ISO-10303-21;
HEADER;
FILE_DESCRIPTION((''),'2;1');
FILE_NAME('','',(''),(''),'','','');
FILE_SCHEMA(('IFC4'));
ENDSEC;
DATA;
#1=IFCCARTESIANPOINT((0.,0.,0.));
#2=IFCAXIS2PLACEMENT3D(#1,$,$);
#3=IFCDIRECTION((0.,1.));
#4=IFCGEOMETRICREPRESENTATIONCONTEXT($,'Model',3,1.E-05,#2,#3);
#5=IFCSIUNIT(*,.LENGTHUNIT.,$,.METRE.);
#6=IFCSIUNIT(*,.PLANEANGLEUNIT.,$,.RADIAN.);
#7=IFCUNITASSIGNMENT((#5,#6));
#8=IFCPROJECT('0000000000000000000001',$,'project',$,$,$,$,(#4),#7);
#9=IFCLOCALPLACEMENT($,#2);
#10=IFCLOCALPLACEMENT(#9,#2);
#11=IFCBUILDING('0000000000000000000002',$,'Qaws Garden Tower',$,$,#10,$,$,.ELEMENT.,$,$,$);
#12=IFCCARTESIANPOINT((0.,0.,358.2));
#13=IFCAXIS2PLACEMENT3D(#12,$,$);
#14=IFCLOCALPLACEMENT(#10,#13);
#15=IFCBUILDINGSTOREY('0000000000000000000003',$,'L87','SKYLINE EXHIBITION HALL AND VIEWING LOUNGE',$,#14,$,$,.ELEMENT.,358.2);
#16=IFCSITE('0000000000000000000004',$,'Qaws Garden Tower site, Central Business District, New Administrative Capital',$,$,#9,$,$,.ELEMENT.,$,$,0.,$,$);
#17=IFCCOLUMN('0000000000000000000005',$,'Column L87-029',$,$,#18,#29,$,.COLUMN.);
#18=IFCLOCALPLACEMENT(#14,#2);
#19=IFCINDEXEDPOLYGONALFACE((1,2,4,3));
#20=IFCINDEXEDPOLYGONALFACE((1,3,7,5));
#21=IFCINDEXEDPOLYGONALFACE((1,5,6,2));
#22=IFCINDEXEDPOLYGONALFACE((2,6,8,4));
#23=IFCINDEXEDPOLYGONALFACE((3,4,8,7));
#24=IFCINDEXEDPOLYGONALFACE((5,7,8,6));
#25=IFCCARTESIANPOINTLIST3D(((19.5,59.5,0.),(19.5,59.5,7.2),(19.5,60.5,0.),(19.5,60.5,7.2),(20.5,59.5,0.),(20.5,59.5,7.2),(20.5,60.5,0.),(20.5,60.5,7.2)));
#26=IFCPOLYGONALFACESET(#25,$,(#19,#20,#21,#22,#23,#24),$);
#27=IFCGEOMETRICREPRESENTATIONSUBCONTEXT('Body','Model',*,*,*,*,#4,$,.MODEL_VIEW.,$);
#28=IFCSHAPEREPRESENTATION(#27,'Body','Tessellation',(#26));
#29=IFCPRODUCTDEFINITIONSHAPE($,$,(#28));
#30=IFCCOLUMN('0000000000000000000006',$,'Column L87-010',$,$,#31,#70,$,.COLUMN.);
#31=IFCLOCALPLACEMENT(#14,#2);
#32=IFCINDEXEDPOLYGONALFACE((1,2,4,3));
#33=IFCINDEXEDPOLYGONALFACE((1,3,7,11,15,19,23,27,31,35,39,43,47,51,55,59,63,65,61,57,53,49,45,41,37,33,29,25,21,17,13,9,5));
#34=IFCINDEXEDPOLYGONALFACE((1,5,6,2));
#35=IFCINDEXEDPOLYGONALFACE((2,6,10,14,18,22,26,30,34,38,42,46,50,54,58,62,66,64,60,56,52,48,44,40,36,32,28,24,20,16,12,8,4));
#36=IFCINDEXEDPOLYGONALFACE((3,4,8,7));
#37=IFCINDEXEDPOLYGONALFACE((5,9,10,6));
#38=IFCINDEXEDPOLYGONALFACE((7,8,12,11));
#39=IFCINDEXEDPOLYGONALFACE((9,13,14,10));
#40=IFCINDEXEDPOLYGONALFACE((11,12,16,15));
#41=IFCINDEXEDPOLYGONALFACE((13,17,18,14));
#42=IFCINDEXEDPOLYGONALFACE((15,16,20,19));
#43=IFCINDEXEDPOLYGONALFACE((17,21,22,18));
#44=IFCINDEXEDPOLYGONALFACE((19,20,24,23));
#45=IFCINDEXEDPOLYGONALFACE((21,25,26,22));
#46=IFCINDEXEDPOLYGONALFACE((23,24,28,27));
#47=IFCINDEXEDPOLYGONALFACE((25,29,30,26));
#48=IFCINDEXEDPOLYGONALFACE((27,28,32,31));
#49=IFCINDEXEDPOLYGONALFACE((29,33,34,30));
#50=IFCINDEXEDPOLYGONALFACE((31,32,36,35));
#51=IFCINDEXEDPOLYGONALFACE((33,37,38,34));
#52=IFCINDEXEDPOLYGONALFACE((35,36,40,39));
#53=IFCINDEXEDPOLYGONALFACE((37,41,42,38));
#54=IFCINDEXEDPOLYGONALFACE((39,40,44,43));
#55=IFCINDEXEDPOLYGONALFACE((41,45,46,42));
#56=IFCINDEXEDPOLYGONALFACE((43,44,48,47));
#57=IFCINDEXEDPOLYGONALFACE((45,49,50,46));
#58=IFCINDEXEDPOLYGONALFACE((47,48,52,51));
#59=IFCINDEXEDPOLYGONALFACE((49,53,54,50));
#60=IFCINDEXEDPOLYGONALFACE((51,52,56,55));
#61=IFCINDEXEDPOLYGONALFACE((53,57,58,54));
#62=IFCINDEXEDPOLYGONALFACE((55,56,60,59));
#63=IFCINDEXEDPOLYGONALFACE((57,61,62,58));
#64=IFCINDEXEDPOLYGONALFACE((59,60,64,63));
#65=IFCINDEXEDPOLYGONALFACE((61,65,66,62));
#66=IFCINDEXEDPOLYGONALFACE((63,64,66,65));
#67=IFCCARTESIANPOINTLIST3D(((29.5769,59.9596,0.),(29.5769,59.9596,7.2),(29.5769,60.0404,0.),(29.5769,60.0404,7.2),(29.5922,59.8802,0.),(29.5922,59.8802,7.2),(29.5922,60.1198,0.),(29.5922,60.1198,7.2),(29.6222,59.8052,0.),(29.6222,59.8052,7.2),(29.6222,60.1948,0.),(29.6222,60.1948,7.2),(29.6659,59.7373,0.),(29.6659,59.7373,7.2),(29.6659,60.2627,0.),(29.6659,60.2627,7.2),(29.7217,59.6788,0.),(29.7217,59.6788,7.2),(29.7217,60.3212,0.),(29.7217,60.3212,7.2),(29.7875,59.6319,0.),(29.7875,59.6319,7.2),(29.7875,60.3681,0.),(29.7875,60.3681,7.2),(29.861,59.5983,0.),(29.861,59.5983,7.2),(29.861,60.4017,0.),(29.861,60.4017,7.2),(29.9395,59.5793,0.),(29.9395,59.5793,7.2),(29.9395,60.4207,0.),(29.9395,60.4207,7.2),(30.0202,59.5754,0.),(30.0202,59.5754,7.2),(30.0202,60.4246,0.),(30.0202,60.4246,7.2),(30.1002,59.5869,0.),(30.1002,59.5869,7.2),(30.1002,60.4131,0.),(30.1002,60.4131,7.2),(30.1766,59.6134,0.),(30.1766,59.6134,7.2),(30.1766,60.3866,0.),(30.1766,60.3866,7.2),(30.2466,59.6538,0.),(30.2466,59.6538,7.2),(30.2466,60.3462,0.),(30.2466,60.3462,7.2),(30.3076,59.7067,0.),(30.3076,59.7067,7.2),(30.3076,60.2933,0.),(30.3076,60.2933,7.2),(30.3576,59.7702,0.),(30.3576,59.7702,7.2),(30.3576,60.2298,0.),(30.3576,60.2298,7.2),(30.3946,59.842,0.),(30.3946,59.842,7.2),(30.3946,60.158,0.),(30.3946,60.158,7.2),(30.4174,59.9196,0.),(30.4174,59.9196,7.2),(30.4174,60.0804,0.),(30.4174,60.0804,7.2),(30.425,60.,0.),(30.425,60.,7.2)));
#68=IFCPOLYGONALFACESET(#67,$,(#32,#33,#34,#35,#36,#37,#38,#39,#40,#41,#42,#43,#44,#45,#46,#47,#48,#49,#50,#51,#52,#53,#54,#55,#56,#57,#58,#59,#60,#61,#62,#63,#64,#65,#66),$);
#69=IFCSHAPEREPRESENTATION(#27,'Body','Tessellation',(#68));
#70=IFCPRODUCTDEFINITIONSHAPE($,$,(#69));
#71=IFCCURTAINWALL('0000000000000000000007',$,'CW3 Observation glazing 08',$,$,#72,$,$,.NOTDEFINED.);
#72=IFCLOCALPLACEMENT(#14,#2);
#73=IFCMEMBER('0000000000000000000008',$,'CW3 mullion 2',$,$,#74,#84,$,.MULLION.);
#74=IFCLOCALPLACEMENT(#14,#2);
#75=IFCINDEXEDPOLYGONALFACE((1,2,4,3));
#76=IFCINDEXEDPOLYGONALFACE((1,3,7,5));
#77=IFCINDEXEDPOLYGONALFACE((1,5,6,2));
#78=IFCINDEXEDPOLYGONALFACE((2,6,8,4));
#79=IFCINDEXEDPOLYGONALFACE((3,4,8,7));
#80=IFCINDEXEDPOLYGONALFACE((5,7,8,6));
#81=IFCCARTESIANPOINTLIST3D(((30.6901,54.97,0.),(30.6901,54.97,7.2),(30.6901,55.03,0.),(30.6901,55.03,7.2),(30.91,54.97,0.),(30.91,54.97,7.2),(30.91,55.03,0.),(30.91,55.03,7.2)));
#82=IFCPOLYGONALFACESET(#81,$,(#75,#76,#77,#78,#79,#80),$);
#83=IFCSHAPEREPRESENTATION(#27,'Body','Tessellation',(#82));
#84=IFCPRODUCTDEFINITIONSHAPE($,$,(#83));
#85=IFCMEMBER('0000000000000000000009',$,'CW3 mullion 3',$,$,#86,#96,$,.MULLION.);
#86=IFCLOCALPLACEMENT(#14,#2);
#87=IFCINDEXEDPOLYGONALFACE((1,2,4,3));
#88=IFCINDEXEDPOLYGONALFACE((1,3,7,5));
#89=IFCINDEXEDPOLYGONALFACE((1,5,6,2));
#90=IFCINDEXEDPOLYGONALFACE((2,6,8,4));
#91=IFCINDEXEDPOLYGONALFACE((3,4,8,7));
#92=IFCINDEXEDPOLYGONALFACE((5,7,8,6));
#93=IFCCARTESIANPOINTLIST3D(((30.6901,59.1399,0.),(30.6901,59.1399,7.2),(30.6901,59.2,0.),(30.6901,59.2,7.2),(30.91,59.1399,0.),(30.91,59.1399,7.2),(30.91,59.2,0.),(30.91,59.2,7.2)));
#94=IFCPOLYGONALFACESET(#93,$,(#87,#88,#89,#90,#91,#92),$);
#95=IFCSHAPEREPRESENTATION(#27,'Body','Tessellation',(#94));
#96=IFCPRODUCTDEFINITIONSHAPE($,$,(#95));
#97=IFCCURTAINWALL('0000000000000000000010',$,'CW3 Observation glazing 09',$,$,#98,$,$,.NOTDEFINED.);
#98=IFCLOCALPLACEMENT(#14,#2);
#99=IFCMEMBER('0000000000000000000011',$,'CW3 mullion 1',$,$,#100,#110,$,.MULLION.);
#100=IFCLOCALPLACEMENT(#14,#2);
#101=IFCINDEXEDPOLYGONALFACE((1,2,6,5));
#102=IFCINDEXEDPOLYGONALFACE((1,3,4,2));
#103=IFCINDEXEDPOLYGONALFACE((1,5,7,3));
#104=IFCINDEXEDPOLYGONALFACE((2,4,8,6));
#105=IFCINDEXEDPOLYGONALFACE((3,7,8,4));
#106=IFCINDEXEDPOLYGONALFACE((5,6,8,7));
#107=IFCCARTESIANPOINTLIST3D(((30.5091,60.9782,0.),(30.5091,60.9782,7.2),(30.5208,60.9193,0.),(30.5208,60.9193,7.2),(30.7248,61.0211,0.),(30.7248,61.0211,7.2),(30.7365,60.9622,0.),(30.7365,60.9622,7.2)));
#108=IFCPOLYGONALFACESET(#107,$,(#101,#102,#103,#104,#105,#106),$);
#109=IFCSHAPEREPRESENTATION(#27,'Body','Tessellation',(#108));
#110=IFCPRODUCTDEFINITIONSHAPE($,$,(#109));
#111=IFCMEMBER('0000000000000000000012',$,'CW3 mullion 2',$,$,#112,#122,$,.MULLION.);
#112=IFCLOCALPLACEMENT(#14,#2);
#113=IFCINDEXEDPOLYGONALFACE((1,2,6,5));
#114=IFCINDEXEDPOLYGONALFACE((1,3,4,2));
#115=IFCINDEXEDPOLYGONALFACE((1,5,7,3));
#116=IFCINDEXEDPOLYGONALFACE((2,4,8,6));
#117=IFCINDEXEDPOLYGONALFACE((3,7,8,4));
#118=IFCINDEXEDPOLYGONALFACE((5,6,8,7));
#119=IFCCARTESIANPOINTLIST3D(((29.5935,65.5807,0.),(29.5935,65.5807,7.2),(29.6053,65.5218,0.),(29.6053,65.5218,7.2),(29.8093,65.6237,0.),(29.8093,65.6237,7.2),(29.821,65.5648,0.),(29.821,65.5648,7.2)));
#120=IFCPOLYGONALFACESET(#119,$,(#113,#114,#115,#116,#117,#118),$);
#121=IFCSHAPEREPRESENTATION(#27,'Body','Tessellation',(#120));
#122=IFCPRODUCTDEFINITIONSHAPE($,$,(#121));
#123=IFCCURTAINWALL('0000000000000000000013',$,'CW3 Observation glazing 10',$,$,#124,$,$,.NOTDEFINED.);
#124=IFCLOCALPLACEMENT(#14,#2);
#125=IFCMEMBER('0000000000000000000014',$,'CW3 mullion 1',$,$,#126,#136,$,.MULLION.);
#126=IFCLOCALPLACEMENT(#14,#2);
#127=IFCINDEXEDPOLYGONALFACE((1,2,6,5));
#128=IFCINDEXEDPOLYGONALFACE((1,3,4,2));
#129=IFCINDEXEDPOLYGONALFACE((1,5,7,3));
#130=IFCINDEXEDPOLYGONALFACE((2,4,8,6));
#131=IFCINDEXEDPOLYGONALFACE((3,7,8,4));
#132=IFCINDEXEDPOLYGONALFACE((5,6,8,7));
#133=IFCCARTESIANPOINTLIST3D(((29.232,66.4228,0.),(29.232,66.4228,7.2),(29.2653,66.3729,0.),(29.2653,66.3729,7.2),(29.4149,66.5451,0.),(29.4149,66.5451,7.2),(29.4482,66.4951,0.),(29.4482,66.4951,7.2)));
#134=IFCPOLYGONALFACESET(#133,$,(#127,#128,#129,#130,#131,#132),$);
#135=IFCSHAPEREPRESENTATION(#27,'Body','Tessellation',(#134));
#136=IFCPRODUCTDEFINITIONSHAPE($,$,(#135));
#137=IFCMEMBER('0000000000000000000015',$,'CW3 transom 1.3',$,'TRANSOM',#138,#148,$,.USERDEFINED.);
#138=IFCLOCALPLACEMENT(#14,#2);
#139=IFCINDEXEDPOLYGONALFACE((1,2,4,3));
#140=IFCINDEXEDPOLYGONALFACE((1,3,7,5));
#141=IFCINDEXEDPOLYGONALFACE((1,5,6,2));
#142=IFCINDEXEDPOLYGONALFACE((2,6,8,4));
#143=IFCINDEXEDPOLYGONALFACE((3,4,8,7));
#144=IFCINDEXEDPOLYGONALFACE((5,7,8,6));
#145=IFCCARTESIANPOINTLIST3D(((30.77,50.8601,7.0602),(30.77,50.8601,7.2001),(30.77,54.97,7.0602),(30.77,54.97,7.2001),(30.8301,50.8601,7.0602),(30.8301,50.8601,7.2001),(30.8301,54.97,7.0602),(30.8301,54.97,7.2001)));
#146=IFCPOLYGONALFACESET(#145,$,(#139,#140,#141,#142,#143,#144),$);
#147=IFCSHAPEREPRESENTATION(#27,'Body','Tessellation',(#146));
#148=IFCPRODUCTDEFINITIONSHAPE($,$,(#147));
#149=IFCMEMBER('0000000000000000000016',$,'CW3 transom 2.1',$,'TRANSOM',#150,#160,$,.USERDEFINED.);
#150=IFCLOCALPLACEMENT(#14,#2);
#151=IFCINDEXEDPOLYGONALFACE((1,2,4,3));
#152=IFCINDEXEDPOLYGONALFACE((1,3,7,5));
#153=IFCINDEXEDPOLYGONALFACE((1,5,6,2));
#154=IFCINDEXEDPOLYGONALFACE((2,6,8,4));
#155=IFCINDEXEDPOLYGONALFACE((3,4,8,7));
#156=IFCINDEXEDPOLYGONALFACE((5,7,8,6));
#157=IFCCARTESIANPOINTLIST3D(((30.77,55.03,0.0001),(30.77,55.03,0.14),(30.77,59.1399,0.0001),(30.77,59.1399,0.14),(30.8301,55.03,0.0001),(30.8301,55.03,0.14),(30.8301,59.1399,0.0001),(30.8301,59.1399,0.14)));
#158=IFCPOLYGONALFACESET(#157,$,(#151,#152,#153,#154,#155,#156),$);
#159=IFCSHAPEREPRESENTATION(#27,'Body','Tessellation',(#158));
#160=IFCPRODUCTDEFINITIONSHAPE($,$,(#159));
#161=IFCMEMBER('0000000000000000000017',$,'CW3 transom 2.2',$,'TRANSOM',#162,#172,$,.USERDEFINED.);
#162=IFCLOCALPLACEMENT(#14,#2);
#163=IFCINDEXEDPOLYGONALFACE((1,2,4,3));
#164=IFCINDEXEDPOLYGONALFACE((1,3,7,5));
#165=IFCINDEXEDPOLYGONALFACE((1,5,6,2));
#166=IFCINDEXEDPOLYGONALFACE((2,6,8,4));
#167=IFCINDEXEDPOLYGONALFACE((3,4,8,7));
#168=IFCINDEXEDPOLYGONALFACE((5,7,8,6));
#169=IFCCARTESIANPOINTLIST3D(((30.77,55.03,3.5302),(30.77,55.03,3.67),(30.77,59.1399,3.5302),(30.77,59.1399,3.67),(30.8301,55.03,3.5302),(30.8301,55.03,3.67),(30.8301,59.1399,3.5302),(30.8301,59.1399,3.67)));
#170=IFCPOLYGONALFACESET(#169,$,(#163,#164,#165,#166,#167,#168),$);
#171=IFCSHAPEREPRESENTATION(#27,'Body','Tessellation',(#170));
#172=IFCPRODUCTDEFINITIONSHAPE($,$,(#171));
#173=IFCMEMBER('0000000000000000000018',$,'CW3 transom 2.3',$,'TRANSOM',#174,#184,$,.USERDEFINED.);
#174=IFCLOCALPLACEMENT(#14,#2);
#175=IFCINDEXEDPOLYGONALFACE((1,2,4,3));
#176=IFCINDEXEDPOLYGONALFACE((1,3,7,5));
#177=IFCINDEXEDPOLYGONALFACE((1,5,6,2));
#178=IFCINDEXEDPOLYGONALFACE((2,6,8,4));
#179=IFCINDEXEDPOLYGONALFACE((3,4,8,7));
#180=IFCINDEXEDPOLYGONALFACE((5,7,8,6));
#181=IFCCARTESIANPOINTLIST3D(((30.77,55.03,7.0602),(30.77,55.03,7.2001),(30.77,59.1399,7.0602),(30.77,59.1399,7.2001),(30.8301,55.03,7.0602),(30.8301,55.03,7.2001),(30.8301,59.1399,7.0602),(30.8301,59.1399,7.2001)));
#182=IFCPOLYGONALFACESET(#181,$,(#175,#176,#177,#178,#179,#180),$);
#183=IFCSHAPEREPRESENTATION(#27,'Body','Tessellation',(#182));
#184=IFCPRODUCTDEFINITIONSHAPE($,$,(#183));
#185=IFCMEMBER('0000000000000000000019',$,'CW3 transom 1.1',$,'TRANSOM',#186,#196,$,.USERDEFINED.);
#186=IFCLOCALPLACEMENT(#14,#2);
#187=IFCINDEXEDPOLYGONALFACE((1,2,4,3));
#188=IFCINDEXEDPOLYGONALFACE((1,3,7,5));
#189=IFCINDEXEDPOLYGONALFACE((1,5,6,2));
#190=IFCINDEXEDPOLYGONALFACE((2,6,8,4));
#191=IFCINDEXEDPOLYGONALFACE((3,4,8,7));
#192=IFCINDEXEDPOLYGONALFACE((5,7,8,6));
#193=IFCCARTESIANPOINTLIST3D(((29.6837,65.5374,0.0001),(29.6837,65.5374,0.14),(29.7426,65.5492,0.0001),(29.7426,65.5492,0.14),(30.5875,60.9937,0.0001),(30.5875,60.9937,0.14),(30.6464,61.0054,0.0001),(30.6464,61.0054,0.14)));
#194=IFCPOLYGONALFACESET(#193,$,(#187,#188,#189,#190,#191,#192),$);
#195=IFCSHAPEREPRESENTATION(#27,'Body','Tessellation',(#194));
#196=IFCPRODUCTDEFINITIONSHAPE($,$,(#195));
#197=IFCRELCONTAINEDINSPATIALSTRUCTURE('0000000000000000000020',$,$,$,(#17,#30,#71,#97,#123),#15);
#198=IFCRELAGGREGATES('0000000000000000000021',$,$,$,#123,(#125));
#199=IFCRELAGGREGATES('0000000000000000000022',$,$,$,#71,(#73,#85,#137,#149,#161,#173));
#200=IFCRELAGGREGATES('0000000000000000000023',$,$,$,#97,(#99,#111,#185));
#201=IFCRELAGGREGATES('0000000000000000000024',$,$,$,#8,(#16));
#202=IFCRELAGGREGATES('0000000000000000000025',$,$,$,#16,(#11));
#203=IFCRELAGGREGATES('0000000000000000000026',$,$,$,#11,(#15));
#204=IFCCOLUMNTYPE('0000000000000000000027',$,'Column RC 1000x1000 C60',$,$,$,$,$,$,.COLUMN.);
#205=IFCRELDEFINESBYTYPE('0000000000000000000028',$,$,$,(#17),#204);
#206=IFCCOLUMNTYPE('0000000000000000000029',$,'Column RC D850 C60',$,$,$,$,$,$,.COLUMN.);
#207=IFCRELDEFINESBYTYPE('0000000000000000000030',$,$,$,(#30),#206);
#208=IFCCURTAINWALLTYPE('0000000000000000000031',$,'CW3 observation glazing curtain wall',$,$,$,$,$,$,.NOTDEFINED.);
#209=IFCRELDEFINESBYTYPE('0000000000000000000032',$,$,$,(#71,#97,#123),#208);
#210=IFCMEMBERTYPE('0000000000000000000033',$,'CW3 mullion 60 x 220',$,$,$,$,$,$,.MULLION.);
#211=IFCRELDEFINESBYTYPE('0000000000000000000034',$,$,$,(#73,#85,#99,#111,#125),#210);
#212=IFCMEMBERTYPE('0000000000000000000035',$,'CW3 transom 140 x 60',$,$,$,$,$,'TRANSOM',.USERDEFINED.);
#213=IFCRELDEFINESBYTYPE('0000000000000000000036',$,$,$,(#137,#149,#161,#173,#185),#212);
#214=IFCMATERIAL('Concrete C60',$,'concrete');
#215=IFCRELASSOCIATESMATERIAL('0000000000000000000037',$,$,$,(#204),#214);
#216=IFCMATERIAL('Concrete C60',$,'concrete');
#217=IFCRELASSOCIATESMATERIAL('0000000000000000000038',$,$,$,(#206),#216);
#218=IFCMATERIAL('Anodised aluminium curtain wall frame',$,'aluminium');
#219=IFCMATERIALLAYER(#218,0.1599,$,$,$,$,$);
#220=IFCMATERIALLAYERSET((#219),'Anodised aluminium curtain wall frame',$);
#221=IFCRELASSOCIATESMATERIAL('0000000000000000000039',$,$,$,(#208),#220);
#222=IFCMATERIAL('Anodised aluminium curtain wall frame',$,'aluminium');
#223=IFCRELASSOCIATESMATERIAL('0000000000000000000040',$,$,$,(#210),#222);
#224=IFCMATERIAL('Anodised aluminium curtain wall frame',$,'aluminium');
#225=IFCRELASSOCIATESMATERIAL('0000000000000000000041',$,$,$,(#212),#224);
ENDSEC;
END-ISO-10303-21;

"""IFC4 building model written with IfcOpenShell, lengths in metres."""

from ifc_helpers import new_model, si_unit, direction, frame, origin, origin_2d, place, context, subcontext, project, spatial, rectangle, circle, extrude, material, layer, layer_set, material_profile, profile_set, type_object, element, aggregate, save


model = new_model("IFC4")

# Units and contexts
model_context = context("Model", 3, precision=1e-05, world=origin(), true_north=direction((0.0, 1.0)))
body_context = subcontext(model_context, "Body", "Model", "MODEL_VIEW")
ifc_project = project(units=[si_unit("LENGTHUNIT", "METRE"), si_unit("PLANEANGLEUNIT", "RADIAN")], contexts=[model_context])

# Site, building, storey
site_placement = place(None, origin())
site = spatial("IfcSite", under=ifc_project, at=site_placement, Name="Qaws Garden Tower site, Central Business District, New Administrative Capital", CompositionType="ELEMENT", RefElevation=0.0)
building_placement = place(site_placement, origin())
building = spatial("IfcBuilding", under=site, at=building_placement, Name="Qaws Garden Tower", CompositionType="ELEMENT")
storey_placement = place(building_placement, frame((0.0, 0.0, 358.2)))
storey = spatial("IfcBuildingStorey", under=building, at=storey_placement, Name="L87", Description="SKYLINE EXHIBITION HALL AND VIEWING LOUNGE", CompositionType="ELEMENT", Elevation=358.2)

# Columns
ifc_material_1 = material(Name="Concrete C60", Category="concrete")
ifc_material_profile_1 = material_profile(ifc_material_1, rectangle(XDim=1.0, YDim=1.0, at=origin_2d()), Name="RC 1000x1000")
ifc_profile_set_1 = profile_set([ifc_material_profile_1], Name="Concrete C60")
column_type_1 = type_object("IfcColumnType", Name="Column RC 1000x1000 C60", PredefinedType="COLUMN", material=ifc_profile_set_1)
column_1_placement = place(storey_placement, frame((20.0, 60.0, 0.0), z_axis=(0.0, 0.0, 1.0), x_axis=(1.0, 0.0, 0.0)))
element("IfcColumn", 1, at=column_1_placement, inside=storey, type_object=column_type_1, Name="Column L87-029", PredefinedType="COLUMN", context=body_context, shape_type="SweptSolid", body=[
    extrude(rectangle(XDim=1.0, YDim=1.0, at=origin_2d()), origin(), (0.0, 0.0, 1.0), 7.2),
])
ifc_material_2 = material(Name="Concrete C60", Category="concrete")
ifc_material_profile_2 = material_profile(ifc_material_2, circle(Radius=0.425, at=origin_2d()), Name="RC D850")
ifc_profile_set_2 = profile_set([ifc_material_profile_2], Name="Concrete C60")
column_type_2 = type_object("IfcColumnType", Name="Column RC D850 C60", PredefinedType="COLUMN", material=ifc_profile_set_2)
column_2_placement = place(storey_placement, frame((30.0, 60.0, 0.0), z_axis=(0.0, 0.0, 1.0), x_axis=(1.0, 0.0, 0.0)))
element("IfcColumn", 2, at=column_2_placement, inside=storey, type_object=column_type_2, Name="Column L87-010", PredefinedType="COLUMN", context=body_context, shape_type="SweptSolid", body=[
    extrude(circle(Radius=0.425, at=origin_2d()), origin(), (0.0, 0.0, 1.0), 7.2),
])

# Curtain walls, members
ifc_material_3 = material(Name="Anodised aluminium curtain wall frame", Category="aluminium")
ifc_layer_1 = layer(ifc_material_3, 0.1599)
ifc_layer_set_1 = layer_set([ifc_layer_1], Name="Anodised aluminium curtain wall frame")
curtain_wall_type = type_object("IfcCurtainWallType", Name="CW3 observation glazing curtain wall", PredefinedType="NOTDEFINED", material=ifc_layer_set_1)
placement = place(storey_placement, origin())
curtain_wall_1 = element("IfcCurtainWall", 3, at=placement, inside=storey, type_object=curtain_wall_type, Name="CW3 Observation glazing 08", PredefinedType="NOTDEFINED")
ifc_material_4 = material(Name="Anodised aluminium curtain wall frame", Category="aluminium")
ifc_material_profile_3 = material_profile(ifc_material_4, rectangle(XDim=0.22, YDim=0.0601, at=origin_2d()), Name="AL 60x220")
ifc_profile_set_3 = profile_set([ifc_material_profile_3], Name="Anodised aluminium curtain wall frame")
member_type_1 = type_object("IfcMemberType", Name="CW3 mullion 60 x 220", PredefinedType="MULLION", material=ifc_profile_set_3)
member_1_placement = place(storey_placement, frame((30.8, 55.0, 0.0), z_axis=(0.0, 0.0, 1.0), x_axis=(-1.0, 0.0, 0.0)))
member_1 = element("IfcMember", 4, at=member_1_placement, type_object=member_type_1, Name="CW3 mullion 2", PredefinedType="MULLION", context=body_context, shape_type="SweptSolid", body=[
    extrude(rectangle(XDim=0.22, YDim=0.0601, at=origin_2d()), origin(), (0.0, 0.0, 1.0), 7.2),
])
member_2_placement = place(storey_placement, frame((30.8, 59.1699, 0.0), z_axis=(0.0, 0.0, 1.0), x_axis=(-1.0, 0.0, 0.0)))
member_2 = element("IfcMember", 5, at=member_2_placement, type_object=member_type_1, Name="CW3 mullion 3", PredefinedType="MULLION", context=body_context, shape_type="SweptSolid", body=[
    extrude(rectangle(XDim=0.22, YDim=0.0601, at=origin_2d()), origin(), (0.0, 0.0, 1.0), 7.2),
])
curtain_wall_2 = element("IfcCurtainWall", 6, at=placement, inside=storey, type_object=curtain_wall_type, Name="CW3 Observation glazing 09", PredefinedType="NOTDEFINED")
member_3_placement = place(storey_placement, frame((30.6228, 60.9702, 0.0), z_axis=(0.0, 0.0, 1.0), x_axis=(-0.980785, -0.19509, 0.0)))
member_3 = element("IfcMember", 7, at=member_3_placement, type_object=member_type_1, Name="CW3 mullion 1", PredefinedType="MULLION", context=body_context, shape_type="SweptSolid", body=[
    extrude(rectangle(XDim=0.22, YDim=0.0601, at=origin_2d()), origin(), (0.0, 0.0, 1.0), 7.2),
])
member_4_placement = place(storey_placement, frame((29.7073, 65.5728, 0.0), z_axis=(0.0, 0.0, 1.0), x_axis=(-0.980785, -0.19509, 0.0)))
member_4 = element("IfcMember", 8, at=member_4_placement, type_object=member_type_1, Name="CW3 mullion 2", PredefinedType="MULLION", context=body_context, shape_type="SweptSolid", body=[
    extrude(rectangle(XDim=0.22, YDim=0.0601, at=origin_2d()), origin(), (0.0, 0.0, 1.0), 7.2),
])

# Curtain wall, member
curtain_wall_3 = element("IfcCurtainWall", 9, at=placement, inside=storey, type_object=curtain_wall_type, Name="CW3 Observation glazing 10", PredefinedType="NOTDEFINED")
member_5_placement = place(storey_placement, frame((29.3401, 66.459, 0.0), z_axis=(0.0, 0.0, 1.0), x_axis=(-0.83147, -0.55557, 0.0)))
member_5 = element("IfcMember", 10, at=member_5_placement, type_object=member_type_1, Name="CW3 mullion 1", PredefinedType="MULLION", context=body_context, shape_type="SweptSolid", body=[
    extrude(rectangle(XDim=0.22, YDim=0.0601, at=origin_2d()), origin(), (0.0, 0.0, 1.0), 7.2),
])

# Members
ifc_material_5 = material(Name="Anodised aluminium curtain wall frame", Category="aluminium")
ifc_material_profile_4 = material_profile(ifc_material_5, rectangle(XDim=0.0601, YDim=0.1399, at=origin_2d()), Name="AL 60x140")
ifc_profile_set_4 = profile_set([ifc_material_profile_4], Name="Anodised aluminium curtain wall frame")
member_type_2 = type_object("IfcMemberType", Name="CW3 transom 140 x 60", ElementType="TRANSOM", PredefinedType="USERDEFINED", material=ifc_profile_set_4)
member_6_placement = place(storey_placement, frame((30.8, 50.8601, 7.1301), z_axis=(0.0, 1.0, 0.0), x_axis=(-1.0, 0.0, 0.0)))
member_6 = element("IfcMember", 11, at=member_6_placement, type_object=member_type_2, Name="CW3 transom 1.3", ObjectType="TRANSOM", PredefinedType="USERDEFINED", context=body_context, shape_type="SweptSolid", body=[
    extrude(rectangle(XDim=0.0601, YDim=0.1399, at=origin_2d()), origin(), (0.0, 0.0, 1.0), 4.1099),
])
member_7_placement = place(storey_placement, frame((30.8, 55.03, 0.0701), z_axis=(0.0, 1.0, 0.0), x_axis=(-1.0, 0.0, 0.0)))
member_7 = element("IfcMember", 12, at=member_7_placement, type_object=member_type_2, Name="CW3 transom 2.1", ObjectType="TRANSOM", PredefinedType="USERDEFINED", context=body_context, shape_type="SweptSolid", body=[
    extrude(rectangle(XDim=0.0601, YDim=0.1399, at=origin_2d()), origin(), (0.0, 0.0, 1.0), 4.1099),
])
member_8_placement = place(storey_placement, frame((30.8, 55.03, 3.6001), z_axis=(0.0, 1.0, 0.0), x_axis=(-1.0, 0.0, 0.0)))
member_8 = element("IfcMember", 13, at=member_8_placement, type_object=member_type_2, Name="CW3 transom 2.2", ObjectType="TRANSOM", PredefinedType="USERDEFINED", context=body_context, shape_type="SweptSolid", body=[
    extrude(rectangle(XDim=0.0601, YDim=0.1399, at=origin_2d()), origin(), (0.0, 0.0, 1.0), 4.1099),
])
member_9_placement = place(storey_placement, frame((30.8, 55.03, 7.1301), z_axis=(0.0, 1.0, 0.0), x_axis=(-1.0, 0.0, 0.0)))
member_9 = element("IfcMember", 14, at=member_9_placement, type_object=member_type_2, Name="CW3 transom 2.3", ObjectType="TRANSOM", PredefinedType="USERDEFINED", context=body_context, shape_type="SweptSolid", body=[
    extrude(rectangle(XDim=0.0601, YDim=0.1399, at=origin_2d()), origin(), (0.0, 0.0, 1.0), 4.1099),
])
member_10_placement = place(storey_placement, frame((30.6169, 60.9995, 0.0701), z_axis=(-0.195092, 0.980785, 0.0), x_axis=(-0.980785, -0.195092, 0.0)))
member_10 = element("IfcMember", 15, at=member_10_placement, type_object=member_type_2, Name="CW3 transom 1.1", ObjectType="TRANSOM", PredefinedType="USERDEFINED", context=body_context, shape_type="SweptSolid", body=[
    extrude(rectangle(XDim=0.0601, YDim=0.1399, at=origin_2d()), origin(), (0.0, 0.0, 1.0), 4.6328),
])
aggregate(curtain_wall_3, [member_5])

aggregate(curtain_wall_1, [member_1, member_2, member_6, member_7, member_8, member_9])
aggregate(curtain_wall_2, [member_3, member_4, member_10])

save(model, "model.ifc")
